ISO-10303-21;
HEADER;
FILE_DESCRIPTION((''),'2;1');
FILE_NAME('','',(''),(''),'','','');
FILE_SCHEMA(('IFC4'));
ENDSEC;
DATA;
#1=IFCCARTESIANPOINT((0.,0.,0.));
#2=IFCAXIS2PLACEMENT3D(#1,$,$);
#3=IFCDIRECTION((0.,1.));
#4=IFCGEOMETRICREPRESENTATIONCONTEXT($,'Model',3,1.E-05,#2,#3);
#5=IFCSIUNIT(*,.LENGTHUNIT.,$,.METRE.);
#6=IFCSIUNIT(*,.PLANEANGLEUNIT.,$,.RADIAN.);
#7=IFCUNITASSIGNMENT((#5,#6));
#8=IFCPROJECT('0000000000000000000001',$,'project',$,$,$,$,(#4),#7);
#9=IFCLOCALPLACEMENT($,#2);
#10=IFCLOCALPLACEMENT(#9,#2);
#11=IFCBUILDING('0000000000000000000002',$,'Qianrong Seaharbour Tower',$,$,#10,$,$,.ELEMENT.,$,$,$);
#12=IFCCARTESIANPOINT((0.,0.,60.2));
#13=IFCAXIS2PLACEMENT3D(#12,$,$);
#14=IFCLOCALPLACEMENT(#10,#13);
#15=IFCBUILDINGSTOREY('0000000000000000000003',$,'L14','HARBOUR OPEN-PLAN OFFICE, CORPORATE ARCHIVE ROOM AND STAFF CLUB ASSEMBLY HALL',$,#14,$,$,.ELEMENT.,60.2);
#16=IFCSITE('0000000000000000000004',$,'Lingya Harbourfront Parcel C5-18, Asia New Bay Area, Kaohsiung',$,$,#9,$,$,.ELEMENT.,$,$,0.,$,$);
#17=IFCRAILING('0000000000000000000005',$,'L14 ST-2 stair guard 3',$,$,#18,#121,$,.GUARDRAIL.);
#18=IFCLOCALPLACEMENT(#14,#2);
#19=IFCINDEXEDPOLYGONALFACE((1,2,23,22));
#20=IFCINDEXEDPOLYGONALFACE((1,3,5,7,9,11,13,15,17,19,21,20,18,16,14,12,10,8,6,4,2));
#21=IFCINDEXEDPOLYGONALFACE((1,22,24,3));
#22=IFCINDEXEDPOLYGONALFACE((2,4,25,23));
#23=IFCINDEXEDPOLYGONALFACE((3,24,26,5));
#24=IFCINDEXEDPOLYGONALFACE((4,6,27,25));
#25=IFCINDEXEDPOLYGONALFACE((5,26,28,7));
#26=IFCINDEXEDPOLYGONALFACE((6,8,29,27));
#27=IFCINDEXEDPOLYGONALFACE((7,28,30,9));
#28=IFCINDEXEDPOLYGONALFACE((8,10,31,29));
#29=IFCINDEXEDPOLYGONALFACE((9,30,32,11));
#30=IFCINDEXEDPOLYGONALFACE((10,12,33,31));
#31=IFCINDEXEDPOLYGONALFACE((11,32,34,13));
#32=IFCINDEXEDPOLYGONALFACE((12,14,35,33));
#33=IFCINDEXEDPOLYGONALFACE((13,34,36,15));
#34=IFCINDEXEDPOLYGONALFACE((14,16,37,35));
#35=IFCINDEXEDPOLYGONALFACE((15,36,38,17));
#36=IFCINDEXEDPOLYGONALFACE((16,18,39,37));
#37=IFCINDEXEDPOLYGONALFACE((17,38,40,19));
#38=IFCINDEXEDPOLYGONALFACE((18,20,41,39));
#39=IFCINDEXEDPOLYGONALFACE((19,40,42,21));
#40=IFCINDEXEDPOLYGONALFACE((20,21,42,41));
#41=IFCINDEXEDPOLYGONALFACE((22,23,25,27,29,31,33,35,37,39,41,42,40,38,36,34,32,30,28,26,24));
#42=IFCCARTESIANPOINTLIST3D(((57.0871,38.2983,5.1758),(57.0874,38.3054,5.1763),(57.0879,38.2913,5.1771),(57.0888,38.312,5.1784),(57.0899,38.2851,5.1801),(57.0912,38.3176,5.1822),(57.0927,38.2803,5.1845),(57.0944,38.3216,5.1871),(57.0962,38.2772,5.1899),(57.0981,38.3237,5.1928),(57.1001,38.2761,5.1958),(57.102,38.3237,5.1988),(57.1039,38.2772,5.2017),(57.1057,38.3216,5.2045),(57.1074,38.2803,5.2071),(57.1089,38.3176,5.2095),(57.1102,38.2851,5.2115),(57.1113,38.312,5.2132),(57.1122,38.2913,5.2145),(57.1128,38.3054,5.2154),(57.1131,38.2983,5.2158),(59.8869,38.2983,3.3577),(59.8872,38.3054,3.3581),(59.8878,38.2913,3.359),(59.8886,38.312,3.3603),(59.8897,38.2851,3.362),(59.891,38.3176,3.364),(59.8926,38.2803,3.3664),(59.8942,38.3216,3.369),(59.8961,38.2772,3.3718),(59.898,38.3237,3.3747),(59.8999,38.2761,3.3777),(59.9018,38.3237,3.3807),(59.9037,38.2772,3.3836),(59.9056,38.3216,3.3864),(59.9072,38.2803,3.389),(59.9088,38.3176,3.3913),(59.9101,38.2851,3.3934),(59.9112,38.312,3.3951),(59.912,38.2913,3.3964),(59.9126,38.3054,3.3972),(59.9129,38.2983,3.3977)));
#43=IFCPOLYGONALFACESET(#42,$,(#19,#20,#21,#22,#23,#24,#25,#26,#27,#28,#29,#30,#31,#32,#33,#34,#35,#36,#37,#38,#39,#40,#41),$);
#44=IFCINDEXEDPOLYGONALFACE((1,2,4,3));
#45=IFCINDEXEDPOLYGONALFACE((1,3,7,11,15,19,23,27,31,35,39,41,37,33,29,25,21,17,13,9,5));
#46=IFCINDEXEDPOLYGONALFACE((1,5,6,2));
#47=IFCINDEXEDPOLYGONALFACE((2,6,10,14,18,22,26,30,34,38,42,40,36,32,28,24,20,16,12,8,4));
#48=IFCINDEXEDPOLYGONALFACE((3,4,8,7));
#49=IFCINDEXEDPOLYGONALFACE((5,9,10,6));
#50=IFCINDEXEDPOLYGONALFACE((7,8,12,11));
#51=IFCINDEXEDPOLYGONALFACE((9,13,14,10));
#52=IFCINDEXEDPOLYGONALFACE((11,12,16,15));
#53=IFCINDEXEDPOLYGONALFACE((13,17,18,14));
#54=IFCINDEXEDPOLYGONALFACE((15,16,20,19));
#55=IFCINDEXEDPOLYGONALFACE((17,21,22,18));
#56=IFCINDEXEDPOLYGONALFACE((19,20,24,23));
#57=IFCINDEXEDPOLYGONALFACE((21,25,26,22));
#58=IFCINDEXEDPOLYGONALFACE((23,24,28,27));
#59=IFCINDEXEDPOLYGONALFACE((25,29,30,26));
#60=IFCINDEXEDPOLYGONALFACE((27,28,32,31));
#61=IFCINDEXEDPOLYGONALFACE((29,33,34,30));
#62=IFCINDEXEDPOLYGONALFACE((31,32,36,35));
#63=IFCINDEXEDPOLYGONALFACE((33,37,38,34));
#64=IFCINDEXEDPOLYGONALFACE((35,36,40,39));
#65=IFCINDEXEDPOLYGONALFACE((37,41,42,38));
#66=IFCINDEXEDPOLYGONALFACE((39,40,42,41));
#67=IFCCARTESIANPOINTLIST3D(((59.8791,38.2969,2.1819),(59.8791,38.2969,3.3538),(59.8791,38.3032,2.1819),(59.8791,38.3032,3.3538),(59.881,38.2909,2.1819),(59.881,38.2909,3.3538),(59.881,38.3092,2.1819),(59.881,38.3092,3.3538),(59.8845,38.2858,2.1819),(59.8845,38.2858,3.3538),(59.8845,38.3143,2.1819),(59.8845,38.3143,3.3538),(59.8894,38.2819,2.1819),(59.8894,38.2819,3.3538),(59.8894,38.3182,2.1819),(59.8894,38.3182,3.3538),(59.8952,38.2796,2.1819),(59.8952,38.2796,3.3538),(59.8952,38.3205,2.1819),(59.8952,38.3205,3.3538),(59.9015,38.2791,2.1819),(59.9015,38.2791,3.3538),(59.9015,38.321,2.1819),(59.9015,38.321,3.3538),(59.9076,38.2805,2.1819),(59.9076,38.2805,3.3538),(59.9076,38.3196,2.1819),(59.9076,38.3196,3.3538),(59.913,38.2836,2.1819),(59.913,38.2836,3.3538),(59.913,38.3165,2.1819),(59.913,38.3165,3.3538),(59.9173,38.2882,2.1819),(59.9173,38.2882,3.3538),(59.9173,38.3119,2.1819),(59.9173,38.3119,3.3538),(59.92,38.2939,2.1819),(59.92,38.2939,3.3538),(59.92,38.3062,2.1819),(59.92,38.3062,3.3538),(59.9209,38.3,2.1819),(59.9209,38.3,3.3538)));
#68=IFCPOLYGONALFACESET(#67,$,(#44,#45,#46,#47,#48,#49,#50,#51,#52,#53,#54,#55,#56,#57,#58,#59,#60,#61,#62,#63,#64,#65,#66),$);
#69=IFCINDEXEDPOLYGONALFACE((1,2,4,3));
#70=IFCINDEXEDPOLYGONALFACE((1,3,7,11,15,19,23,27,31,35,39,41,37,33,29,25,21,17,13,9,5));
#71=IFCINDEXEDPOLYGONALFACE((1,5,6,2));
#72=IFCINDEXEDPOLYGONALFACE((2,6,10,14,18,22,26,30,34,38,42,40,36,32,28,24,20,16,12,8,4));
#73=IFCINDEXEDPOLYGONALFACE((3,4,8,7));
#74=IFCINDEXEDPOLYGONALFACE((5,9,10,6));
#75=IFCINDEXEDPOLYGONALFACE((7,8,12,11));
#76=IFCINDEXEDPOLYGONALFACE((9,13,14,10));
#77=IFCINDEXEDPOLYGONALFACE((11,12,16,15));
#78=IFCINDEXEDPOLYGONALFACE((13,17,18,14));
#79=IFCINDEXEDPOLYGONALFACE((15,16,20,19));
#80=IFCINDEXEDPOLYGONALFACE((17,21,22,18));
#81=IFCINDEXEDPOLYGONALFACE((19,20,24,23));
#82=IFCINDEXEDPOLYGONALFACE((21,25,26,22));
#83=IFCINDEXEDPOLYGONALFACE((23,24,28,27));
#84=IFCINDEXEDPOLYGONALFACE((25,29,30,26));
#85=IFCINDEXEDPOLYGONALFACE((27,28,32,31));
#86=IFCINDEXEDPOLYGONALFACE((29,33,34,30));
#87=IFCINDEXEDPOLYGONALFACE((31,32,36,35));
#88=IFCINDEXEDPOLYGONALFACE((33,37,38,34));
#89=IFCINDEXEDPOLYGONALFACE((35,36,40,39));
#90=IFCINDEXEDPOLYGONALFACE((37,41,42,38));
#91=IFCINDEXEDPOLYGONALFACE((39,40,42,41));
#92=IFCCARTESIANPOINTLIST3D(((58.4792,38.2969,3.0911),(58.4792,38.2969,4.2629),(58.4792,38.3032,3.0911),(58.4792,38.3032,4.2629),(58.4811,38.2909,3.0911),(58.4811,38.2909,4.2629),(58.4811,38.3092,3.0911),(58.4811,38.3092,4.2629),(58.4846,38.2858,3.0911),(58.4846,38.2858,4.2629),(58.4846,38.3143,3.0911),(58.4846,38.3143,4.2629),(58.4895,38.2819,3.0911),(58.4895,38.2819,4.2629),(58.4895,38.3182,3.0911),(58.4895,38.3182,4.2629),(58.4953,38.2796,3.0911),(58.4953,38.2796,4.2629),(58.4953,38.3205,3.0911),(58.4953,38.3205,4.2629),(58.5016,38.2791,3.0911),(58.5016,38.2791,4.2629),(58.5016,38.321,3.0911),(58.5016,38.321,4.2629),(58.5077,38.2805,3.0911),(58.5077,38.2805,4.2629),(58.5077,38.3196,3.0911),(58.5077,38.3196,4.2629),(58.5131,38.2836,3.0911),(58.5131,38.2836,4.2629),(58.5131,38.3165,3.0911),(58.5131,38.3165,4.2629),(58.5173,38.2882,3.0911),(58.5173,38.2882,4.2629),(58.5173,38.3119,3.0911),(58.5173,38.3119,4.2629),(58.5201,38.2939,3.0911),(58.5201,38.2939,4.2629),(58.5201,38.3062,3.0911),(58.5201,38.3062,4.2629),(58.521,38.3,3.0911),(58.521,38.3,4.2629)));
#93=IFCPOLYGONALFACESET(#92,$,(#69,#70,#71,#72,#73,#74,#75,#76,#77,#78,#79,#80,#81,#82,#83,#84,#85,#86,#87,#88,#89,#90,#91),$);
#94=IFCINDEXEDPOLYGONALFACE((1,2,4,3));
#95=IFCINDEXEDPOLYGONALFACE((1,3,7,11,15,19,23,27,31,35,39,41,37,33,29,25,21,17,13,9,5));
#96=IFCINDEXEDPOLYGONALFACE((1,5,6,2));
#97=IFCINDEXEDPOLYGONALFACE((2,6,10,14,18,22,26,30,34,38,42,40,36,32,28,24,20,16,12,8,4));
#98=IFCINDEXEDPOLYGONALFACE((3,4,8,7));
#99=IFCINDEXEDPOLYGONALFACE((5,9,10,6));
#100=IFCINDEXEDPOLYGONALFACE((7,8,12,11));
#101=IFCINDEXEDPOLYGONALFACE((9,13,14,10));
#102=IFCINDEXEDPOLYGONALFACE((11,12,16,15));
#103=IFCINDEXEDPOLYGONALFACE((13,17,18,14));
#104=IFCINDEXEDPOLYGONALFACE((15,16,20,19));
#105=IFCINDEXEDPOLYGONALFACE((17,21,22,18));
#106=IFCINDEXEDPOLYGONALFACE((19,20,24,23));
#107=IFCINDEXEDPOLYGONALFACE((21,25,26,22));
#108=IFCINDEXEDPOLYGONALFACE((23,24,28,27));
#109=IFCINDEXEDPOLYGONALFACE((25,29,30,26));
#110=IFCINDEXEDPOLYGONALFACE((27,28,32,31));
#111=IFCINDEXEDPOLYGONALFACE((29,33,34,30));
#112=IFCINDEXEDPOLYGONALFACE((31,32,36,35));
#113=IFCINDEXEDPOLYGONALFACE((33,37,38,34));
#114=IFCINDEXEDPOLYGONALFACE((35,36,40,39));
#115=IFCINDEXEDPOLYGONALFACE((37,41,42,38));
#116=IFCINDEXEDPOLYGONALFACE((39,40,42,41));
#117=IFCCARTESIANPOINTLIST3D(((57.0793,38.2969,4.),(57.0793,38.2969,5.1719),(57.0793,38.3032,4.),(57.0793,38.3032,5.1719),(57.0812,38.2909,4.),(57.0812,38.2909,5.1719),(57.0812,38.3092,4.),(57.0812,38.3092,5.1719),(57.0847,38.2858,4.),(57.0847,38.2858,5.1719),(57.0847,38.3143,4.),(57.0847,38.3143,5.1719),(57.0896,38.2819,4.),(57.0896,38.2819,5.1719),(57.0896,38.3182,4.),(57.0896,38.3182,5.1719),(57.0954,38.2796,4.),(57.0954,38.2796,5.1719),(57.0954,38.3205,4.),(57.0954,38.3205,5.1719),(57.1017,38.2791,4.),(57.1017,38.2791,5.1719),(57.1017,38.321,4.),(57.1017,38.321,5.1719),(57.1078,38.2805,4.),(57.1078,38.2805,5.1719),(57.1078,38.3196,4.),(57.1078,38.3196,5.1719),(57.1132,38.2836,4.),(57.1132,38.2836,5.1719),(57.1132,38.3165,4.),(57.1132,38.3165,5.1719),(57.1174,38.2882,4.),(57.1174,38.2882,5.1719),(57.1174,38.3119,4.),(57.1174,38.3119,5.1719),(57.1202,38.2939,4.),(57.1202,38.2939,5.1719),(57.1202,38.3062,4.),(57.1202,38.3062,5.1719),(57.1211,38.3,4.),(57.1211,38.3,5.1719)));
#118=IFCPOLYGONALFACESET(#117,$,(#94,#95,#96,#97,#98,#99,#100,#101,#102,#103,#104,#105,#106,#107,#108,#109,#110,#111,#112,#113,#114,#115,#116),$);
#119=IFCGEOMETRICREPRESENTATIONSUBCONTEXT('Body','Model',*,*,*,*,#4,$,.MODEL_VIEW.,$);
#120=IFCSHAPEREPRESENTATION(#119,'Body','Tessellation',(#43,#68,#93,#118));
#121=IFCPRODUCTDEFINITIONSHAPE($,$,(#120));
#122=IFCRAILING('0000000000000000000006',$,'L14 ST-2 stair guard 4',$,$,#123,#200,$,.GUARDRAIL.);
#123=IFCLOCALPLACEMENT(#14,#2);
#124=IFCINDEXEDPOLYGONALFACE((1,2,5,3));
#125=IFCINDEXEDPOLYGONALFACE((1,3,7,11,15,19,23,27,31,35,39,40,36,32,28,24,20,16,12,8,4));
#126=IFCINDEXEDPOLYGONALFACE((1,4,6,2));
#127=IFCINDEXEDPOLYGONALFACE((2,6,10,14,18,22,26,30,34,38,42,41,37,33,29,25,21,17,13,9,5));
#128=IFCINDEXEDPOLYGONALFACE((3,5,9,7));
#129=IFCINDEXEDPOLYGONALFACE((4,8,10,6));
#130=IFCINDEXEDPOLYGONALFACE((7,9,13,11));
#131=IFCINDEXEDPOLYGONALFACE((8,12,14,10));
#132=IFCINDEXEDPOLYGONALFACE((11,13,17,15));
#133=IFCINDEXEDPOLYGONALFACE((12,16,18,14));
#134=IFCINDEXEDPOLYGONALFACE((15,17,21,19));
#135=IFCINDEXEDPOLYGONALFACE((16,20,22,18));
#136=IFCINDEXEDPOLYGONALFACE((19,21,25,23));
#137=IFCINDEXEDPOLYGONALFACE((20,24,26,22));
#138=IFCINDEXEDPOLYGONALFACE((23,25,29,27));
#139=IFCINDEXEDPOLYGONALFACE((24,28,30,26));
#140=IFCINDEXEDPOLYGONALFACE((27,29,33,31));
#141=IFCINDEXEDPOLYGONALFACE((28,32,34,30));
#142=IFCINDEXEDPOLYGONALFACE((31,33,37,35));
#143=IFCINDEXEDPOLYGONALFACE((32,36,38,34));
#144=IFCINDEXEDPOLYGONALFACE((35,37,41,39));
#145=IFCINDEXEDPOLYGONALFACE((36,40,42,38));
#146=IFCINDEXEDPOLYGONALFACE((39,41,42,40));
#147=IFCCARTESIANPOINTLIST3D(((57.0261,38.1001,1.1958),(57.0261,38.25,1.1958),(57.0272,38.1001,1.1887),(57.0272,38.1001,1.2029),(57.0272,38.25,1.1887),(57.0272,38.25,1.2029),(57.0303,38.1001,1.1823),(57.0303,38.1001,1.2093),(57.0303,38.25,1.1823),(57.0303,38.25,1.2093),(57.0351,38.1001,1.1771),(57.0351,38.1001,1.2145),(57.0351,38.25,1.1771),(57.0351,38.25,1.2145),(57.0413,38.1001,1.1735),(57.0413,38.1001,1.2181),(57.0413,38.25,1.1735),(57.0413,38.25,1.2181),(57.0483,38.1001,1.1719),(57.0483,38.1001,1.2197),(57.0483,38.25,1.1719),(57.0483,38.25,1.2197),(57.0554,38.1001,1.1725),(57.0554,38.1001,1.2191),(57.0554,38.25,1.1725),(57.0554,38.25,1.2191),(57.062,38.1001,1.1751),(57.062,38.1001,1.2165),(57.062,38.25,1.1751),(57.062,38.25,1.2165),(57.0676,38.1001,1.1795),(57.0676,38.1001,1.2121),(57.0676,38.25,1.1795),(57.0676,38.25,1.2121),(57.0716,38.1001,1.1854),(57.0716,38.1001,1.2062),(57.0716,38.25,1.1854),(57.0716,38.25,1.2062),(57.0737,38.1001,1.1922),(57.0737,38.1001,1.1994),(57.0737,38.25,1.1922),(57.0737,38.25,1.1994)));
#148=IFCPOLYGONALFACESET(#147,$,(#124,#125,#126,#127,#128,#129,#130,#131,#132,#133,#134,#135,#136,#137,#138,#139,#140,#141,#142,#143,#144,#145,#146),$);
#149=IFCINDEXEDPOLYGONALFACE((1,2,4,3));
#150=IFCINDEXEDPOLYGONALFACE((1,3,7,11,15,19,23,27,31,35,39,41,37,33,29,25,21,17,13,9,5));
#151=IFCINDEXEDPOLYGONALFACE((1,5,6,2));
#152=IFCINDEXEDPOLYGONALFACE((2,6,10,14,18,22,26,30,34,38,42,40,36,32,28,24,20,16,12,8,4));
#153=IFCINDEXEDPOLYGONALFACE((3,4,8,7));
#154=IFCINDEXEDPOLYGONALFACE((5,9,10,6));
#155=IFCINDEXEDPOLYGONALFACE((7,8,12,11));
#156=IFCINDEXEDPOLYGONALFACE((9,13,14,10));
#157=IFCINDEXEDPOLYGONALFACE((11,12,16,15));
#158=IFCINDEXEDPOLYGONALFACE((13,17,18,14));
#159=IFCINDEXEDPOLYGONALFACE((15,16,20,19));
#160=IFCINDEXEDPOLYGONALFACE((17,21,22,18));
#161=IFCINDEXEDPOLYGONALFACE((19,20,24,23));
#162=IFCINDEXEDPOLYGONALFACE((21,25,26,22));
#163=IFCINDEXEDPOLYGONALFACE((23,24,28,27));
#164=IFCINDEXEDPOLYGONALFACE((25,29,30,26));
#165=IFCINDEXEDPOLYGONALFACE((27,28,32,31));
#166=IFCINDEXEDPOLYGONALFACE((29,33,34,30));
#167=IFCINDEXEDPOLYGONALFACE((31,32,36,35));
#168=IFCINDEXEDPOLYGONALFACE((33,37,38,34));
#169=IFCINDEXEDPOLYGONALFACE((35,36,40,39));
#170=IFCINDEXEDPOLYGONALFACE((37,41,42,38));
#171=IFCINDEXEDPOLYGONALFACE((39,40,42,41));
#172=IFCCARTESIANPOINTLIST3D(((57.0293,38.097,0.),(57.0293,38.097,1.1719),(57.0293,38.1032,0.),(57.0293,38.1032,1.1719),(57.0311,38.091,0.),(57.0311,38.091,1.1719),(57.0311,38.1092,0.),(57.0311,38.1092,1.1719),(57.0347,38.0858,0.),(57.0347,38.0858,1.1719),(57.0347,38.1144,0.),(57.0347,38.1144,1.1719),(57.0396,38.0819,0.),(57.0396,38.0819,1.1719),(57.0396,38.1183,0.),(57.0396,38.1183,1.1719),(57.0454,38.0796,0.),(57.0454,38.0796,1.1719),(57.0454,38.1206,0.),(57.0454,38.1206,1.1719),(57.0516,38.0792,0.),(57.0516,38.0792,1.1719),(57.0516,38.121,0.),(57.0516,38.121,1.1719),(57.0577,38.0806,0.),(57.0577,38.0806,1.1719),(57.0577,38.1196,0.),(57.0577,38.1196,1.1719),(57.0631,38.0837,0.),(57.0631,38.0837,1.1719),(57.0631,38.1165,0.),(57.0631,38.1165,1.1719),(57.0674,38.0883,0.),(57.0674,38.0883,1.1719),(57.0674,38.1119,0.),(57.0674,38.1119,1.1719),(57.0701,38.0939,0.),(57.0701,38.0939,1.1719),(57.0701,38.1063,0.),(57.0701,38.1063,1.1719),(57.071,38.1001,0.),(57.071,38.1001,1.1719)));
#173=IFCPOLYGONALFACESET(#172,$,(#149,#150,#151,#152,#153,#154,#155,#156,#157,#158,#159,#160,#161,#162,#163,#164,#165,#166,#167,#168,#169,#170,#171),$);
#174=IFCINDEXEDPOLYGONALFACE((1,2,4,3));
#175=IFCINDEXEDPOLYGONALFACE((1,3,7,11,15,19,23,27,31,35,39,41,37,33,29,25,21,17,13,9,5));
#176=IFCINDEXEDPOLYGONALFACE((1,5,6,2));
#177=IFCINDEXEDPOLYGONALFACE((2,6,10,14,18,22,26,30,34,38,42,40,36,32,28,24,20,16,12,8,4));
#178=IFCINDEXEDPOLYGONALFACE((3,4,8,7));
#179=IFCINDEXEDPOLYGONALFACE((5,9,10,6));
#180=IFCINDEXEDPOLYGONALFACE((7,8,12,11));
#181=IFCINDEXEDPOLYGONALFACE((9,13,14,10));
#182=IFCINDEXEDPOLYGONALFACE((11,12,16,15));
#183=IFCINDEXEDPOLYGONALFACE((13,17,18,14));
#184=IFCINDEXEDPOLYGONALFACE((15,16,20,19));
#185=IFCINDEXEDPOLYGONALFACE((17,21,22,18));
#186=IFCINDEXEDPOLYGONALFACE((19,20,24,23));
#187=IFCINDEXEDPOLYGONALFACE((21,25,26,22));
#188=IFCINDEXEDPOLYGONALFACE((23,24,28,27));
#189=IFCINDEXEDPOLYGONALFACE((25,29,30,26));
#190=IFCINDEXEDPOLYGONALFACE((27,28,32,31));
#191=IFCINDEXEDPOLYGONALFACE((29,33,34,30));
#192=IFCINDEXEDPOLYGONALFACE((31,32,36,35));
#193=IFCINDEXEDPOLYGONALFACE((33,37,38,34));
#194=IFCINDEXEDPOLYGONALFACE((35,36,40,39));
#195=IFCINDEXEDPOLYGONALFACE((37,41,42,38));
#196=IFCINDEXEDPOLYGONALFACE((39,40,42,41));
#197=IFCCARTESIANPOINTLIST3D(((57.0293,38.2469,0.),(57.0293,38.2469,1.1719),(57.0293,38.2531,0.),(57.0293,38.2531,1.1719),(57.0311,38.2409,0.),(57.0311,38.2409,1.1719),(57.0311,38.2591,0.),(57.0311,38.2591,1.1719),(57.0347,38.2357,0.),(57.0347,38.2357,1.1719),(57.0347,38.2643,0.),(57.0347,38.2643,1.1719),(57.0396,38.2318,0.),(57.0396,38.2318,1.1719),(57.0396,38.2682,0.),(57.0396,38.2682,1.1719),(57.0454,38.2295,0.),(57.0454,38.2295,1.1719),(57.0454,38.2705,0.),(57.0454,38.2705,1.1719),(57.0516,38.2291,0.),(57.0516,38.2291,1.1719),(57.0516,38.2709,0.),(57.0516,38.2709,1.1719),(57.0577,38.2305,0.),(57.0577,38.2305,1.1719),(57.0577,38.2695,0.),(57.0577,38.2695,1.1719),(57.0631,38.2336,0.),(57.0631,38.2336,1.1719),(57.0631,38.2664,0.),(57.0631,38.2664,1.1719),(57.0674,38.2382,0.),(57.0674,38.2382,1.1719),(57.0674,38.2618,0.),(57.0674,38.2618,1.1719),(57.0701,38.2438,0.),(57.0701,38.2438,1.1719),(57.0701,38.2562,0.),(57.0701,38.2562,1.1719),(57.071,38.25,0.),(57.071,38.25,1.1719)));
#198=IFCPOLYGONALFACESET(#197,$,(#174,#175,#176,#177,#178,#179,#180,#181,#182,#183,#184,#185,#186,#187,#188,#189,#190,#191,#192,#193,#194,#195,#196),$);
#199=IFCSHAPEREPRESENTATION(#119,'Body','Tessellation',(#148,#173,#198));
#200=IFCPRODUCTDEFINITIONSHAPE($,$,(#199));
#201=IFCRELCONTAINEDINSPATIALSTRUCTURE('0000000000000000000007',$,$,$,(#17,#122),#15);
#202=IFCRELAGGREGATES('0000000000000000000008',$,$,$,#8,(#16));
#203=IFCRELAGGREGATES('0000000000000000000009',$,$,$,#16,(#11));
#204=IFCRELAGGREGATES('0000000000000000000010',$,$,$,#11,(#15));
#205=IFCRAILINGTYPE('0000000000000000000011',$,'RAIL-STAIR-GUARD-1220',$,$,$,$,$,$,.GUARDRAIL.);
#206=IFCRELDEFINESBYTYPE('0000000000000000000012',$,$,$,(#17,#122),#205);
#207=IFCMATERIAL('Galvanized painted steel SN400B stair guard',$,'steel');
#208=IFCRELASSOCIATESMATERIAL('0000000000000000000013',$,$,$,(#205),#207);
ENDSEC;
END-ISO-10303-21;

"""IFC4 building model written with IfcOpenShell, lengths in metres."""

from ifc_helpers import new_model, si_unit, direction, frame, origin, origin_2d, place, context, subcontext, project, spatial, circle, extrude, material, type_object, element, save


model = new_model("IFC4")

# Units and contexts
model_context = context("Model", 3, precision=1e-05, world=origin(), true_north=direction((0.0, 1.0)))
body_context = subcontext(model_context, "Body", "Model", "MODEL_VIEW")
ifc_project = project(units=[si_unit("LENGTHUNIT", "METRE"), si_unit("PLANEANGLEUNIT", "RADIAN")], contexts=[model_context])

# Site, building, storey
site_placement = place(None, origin())
site = spatial("IfcSite", under=ifc_project, at=site_placement, Name="Lingya Harbourfront Parcel C5-18, Asia New Bay Area, Kaohsiung", CompositionType="ELEMENT", RefElevation=0.0)
building_placement = place(site_placement, origin())
building = spatial("IfcBuilding", under=site, at=building_placement, Name="Qianrong Seaharbour Tower", CompositionType="ELEMENT")
storey_placement = place(building_placement, frame((0.0, 0.0, 60.2)))
storey = spatial("IfcBuildingStorey", under=building, at=storey_placement, Name="L14", Description="HARBOUR OPEN-PLAN OFFICE, CORPORATE ARCHIVE ROOM AND STAFF CLUB ASSEMBLY HALL", CompositionType="ELEMENT", Elevation=60.2)

# Railings
ifc_material_1 = material(Name="Galvanized painted steel SN400B stair guard", Category="steel")
railing_type_1 = type_object("IfcRailingType", Name="RAIL-STAIR-GUARD-1220", PredefinedType="GUARDRAIL", material=ifc_material_1)
railing_1_placement = place(storey_placement, frame((59.8999, 38.3, 2.1819)))
element("IfcRailing", 1, at=railing_1_placement, inside=storey, type_object=railing_type_1, Name="L14 ST-2 stair guard 3", PredefinedType="GUARDRAIL", context=body_context, shape_type="SweptSolid", body=[
    extrude(circle(Radius=0.0239, at=origin_2d()), frame((0.0, 0.0, 1.1958), z_axis=(-0.838684, 0.0, 0.544618), x_axis=(0.0, -1.0, 0.0)), (0.0, 0.0, 1.0), 3.3384),
    extrude(circle(Radius=0.021, at=origin_2d()), origin(), (0.0, 0.0, 1.0), 1.1719),
    extrude(circle(Radius=0.021, at=origin_2d()), frame((-1.3999, 0.0, 0.9092)), (0.0, 0.0, 1.0), 1.1719),
    extrude(circle(Radius=0.021, at=origin_2d()), frame((-2.7998, 0.0, 1.8181)), (0.0, 0.0, 1.0), 1.1719),
])
railing_2_placement = place(storey_placement, frame((57.05, 38.1001, 0.0)))
element("IfcRailing", 2, at=railing_2_placement, inside=storey, type_object=railing_type_1, Name="L14 ST-2 stair guard 4", PredefinedType="GUARDRAIL", context=body_context, shape_type="SweptSolid", body=[
    extrude(circle(Radius=0.0239, at=origin_2d()), frame((0.0, 0.0, 1.1958), z_axis=(0.0, 1.0, 0.0), x_axis=(-1.0, 0.0, 0.0)), (0.0, 0.0, 1.0), 0.1499),
    extrude(circle(Radius=0.021, at=origin_2d()), origin(), (0.0, 0.0, 1.0), 1.1719),
    extrude(circle(Radius=0.021, at=origin_2d()), frame((0.0, 0.1499, 0.0)), (0.0, 0.0, 1.0), 1.1719),
])

save(model, "model.ifc")
